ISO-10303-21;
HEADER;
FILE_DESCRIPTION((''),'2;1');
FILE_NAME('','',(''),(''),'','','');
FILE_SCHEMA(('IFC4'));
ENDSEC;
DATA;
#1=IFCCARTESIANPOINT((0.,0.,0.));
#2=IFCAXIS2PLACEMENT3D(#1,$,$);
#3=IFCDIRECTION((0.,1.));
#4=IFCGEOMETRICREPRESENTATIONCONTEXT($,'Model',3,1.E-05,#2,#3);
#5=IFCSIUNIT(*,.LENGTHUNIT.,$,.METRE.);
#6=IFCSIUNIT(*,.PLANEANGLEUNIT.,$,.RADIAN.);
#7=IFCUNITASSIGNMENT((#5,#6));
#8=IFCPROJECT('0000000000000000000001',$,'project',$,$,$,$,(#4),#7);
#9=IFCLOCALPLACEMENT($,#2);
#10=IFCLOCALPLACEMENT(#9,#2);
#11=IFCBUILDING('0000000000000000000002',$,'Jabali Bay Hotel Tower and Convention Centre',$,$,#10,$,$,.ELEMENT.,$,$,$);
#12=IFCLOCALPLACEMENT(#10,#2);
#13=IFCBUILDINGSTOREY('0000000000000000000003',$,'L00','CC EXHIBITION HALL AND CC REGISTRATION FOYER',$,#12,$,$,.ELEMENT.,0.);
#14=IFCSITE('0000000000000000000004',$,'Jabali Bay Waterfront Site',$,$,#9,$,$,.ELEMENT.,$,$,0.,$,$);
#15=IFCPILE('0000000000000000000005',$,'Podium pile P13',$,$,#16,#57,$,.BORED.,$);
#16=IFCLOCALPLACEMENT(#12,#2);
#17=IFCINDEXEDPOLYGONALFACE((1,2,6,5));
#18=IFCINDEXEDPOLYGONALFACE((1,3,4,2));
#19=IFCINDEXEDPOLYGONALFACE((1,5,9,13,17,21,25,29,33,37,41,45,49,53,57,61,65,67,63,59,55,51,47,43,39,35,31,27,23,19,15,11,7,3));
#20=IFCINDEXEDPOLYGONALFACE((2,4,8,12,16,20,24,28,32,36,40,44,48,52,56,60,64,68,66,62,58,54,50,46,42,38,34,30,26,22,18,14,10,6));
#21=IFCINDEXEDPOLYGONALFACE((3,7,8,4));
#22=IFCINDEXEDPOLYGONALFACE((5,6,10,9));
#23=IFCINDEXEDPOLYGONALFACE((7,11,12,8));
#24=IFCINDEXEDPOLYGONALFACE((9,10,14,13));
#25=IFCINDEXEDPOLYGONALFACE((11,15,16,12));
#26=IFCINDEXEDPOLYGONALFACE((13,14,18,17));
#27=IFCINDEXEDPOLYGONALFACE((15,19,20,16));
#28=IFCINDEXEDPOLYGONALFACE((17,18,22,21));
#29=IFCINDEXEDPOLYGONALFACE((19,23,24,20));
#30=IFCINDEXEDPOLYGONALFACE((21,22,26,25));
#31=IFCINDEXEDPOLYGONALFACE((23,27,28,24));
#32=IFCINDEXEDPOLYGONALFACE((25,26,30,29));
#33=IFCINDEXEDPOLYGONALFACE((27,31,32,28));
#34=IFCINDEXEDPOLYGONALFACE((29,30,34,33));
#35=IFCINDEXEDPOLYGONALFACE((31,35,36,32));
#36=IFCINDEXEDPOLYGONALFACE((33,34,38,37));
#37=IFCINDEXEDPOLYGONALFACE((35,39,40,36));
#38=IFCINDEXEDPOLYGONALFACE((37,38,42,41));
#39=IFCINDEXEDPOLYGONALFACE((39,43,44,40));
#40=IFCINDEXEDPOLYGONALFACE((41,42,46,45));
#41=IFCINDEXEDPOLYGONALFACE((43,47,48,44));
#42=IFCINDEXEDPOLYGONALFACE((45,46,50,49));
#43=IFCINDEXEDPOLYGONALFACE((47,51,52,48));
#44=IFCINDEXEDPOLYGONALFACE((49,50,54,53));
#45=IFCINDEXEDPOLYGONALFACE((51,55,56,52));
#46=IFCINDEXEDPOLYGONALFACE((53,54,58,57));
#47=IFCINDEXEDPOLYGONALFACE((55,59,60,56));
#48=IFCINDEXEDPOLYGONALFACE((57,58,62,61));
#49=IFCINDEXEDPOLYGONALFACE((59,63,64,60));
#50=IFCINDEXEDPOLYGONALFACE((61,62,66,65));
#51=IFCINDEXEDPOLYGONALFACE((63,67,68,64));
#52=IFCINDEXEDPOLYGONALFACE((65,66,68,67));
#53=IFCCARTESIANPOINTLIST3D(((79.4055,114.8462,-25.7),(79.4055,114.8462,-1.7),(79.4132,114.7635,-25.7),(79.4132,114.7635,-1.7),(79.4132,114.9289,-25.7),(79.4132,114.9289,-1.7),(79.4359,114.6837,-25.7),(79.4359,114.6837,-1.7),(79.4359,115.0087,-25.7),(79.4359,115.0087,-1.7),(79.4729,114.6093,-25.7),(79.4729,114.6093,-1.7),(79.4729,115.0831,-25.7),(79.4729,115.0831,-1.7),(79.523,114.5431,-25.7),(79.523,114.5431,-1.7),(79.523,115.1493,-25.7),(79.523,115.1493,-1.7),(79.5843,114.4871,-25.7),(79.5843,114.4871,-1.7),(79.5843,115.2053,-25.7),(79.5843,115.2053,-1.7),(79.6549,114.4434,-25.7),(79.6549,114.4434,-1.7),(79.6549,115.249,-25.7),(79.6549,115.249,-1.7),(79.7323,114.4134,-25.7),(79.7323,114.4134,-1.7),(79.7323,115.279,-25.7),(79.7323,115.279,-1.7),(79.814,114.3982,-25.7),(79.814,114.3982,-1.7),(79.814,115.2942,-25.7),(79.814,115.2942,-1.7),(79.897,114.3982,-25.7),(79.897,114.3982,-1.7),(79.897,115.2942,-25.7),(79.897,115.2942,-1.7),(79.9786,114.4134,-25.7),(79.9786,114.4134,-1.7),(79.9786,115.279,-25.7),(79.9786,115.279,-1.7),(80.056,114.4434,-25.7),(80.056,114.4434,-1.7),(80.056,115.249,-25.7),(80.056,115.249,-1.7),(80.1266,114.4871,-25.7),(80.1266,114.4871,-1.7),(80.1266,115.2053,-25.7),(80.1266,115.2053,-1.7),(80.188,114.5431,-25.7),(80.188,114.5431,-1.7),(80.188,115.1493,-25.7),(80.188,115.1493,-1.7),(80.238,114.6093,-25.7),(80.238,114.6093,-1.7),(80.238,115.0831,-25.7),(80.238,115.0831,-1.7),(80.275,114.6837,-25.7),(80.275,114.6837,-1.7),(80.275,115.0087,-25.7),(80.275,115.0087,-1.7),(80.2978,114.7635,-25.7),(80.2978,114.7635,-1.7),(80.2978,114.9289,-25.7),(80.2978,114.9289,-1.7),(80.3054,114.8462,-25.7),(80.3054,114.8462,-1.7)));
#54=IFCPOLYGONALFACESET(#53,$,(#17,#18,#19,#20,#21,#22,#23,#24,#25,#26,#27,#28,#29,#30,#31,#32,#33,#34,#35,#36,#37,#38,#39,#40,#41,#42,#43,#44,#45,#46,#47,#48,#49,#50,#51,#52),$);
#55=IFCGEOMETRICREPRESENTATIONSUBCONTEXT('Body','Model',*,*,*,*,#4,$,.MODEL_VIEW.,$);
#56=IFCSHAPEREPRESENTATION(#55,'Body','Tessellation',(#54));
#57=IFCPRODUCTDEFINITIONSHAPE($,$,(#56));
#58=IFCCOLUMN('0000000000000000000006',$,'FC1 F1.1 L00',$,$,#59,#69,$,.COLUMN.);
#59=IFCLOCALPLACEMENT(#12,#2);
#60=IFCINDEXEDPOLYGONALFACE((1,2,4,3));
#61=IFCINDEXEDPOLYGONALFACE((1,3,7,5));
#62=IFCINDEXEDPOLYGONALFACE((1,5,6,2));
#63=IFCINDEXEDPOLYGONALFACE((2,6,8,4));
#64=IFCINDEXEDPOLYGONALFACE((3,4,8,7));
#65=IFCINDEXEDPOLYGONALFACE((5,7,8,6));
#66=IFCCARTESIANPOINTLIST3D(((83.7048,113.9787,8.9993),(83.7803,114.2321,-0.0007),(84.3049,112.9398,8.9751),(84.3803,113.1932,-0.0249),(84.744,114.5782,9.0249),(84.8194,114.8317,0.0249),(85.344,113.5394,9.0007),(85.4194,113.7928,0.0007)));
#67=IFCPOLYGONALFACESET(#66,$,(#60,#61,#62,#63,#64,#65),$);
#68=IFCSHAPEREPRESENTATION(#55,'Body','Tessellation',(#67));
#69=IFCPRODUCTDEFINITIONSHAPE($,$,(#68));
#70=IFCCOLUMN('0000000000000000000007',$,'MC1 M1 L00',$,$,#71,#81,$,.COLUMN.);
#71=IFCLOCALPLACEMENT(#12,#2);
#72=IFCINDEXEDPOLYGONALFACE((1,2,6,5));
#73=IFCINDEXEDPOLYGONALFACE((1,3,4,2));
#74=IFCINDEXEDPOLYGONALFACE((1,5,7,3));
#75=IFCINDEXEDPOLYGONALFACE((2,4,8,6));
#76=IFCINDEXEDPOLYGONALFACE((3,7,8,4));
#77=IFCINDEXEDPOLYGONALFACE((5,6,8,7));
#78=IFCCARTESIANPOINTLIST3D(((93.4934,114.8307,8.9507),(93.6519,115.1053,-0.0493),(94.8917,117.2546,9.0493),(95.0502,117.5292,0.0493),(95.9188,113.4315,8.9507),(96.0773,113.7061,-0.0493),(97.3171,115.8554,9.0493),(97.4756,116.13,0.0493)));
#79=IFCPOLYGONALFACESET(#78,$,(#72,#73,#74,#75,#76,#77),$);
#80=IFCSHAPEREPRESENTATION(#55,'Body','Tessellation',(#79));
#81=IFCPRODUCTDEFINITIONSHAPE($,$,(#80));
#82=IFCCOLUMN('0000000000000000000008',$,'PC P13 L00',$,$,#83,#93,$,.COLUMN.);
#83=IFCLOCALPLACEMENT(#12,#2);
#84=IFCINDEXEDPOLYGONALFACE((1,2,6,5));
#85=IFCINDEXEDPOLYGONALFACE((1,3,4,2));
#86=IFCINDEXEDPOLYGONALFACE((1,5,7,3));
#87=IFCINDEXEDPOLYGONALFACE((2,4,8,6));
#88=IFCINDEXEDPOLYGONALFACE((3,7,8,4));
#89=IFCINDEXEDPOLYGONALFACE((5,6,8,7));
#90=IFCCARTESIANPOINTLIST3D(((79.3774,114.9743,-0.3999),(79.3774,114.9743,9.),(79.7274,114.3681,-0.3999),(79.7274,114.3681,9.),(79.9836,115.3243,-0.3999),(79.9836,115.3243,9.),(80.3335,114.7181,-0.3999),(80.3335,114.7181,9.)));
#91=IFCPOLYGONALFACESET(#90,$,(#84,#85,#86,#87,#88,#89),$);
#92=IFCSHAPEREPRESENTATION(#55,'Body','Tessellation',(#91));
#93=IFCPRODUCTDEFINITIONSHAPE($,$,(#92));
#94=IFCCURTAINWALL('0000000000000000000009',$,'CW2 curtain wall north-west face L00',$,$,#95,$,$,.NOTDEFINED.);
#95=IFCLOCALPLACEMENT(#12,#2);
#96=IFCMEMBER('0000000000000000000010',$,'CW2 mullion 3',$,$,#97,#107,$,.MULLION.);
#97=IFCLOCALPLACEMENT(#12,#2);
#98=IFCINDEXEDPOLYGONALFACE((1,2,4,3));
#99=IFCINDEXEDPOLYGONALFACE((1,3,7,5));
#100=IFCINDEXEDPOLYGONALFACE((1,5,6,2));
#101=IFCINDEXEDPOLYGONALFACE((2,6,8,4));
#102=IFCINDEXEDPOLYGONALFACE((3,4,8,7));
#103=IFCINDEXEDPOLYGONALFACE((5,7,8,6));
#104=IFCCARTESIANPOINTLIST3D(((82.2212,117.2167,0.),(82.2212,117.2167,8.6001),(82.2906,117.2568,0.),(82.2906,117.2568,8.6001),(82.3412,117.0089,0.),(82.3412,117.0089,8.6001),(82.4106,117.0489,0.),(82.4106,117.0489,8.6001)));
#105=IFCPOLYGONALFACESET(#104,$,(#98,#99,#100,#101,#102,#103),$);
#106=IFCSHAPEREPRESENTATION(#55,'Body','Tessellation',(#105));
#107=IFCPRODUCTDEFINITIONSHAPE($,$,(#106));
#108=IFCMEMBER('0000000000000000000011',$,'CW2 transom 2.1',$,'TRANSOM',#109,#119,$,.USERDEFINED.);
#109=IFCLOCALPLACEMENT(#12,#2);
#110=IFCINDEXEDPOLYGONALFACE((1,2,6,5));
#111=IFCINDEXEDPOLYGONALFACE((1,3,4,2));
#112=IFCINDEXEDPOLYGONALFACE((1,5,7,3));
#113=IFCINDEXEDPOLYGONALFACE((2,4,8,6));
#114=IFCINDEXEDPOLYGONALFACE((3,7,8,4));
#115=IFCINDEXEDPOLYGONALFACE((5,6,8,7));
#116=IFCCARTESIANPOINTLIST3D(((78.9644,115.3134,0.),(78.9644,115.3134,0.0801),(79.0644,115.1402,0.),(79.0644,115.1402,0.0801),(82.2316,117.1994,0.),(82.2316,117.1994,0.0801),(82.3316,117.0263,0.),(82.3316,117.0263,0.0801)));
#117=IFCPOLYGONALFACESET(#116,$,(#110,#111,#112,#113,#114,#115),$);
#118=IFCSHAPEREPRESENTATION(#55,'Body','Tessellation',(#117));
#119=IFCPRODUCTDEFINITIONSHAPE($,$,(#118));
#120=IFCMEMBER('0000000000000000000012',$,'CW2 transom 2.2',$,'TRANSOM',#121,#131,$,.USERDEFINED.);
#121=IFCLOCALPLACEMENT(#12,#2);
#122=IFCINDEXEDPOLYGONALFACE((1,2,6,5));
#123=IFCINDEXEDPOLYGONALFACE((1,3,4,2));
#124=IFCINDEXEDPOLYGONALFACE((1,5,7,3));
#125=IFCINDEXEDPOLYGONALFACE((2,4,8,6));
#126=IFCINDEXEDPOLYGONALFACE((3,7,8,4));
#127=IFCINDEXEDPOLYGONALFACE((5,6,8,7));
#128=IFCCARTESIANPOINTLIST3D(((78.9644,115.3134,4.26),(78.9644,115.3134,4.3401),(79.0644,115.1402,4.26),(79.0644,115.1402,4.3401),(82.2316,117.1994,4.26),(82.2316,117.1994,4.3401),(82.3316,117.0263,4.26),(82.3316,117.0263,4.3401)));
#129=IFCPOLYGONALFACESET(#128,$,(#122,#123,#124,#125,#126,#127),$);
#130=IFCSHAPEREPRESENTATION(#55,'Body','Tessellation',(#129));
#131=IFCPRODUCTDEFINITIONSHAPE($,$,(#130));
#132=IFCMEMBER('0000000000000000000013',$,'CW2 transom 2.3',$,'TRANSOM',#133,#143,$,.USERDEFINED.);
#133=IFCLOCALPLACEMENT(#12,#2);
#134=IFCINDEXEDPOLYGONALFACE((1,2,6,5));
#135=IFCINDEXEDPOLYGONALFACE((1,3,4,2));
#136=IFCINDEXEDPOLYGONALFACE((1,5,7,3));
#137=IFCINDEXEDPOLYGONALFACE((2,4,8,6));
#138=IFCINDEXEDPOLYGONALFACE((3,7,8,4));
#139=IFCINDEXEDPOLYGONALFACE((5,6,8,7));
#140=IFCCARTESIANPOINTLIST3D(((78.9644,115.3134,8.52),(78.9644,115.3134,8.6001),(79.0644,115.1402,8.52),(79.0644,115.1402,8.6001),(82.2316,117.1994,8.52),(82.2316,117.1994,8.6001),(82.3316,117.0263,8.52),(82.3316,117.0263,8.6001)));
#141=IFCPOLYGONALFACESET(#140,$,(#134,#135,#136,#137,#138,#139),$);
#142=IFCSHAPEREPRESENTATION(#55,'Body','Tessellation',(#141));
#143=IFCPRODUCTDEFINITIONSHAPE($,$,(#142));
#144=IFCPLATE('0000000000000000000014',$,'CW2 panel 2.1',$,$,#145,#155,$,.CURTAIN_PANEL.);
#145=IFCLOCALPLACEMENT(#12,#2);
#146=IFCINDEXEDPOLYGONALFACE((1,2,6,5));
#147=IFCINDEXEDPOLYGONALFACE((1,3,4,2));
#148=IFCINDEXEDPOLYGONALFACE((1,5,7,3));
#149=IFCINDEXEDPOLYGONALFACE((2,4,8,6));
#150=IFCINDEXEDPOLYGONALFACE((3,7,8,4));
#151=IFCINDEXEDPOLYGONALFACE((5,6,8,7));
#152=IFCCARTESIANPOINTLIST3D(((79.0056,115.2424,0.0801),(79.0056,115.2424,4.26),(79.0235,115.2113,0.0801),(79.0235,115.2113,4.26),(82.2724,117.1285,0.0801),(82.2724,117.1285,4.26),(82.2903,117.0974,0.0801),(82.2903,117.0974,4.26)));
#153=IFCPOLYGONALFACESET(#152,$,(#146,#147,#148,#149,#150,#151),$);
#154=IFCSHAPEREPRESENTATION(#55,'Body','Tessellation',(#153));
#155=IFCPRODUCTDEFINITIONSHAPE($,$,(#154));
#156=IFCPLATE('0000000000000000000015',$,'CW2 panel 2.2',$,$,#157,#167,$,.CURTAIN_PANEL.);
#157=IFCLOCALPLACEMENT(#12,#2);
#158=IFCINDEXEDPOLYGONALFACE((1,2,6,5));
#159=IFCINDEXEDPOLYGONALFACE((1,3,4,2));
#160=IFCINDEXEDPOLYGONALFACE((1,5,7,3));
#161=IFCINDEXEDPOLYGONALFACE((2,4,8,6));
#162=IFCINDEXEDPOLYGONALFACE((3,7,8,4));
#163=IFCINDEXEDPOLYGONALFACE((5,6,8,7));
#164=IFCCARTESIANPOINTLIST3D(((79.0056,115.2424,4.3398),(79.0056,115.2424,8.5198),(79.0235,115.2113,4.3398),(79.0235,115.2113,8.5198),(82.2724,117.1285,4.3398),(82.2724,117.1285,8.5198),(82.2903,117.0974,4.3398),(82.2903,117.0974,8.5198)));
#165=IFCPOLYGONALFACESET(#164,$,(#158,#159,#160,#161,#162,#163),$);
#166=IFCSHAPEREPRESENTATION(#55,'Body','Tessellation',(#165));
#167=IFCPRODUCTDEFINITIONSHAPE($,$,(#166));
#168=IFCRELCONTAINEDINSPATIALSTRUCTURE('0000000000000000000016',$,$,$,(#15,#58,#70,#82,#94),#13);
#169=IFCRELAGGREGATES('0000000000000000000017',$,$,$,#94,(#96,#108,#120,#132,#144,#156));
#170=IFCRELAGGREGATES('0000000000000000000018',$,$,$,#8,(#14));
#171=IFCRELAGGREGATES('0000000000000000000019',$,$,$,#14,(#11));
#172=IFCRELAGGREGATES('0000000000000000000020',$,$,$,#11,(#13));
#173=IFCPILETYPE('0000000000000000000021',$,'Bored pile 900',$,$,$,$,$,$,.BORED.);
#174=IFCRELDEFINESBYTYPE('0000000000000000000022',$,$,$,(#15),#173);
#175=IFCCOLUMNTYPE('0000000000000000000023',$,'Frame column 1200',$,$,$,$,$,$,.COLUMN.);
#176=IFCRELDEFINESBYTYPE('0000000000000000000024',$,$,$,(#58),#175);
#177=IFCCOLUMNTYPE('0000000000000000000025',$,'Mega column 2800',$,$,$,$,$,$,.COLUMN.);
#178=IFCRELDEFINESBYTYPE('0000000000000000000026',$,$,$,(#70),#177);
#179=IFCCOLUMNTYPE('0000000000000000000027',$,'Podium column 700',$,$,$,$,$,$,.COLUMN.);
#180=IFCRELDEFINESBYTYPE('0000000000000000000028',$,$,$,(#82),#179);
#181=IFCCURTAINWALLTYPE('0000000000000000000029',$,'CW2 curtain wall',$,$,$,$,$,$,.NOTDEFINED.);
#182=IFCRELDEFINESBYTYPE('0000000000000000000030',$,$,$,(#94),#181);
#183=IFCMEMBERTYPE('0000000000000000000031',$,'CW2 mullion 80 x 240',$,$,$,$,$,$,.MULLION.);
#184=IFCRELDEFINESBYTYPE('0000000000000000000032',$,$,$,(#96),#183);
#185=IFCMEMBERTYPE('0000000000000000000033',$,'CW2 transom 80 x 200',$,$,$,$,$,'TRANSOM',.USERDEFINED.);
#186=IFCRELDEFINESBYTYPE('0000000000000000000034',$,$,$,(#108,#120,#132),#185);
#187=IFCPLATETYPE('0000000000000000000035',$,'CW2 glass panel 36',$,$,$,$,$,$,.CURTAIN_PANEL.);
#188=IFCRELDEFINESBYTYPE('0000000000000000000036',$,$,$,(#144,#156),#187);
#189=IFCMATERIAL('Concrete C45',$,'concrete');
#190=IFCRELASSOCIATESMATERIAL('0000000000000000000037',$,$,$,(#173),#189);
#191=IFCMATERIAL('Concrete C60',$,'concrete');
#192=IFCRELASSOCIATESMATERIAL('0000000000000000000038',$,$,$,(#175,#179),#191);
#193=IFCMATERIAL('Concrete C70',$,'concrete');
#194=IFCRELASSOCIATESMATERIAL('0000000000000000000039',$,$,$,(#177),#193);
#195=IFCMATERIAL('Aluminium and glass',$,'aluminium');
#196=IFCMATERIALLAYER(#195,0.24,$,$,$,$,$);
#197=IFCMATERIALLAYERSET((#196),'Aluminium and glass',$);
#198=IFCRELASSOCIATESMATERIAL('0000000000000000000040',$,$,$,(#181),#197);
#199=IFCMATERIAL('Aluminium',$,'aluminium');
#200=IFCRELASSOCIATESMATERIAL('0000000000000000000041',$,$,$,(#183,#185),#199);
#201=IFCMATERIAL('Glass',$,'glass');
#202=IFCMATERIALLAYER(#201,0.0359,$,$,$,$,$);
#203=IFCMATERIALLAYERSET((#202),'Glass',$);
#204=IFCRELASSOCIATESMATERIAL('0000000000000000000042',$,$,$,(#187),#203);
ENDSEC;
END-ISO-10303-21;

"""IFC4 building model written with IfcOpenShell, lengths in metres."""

from ifc_helpers import new_model, si_unit, direction, frame, origin, origin_2d, place, context, subcontext, project, spatial, rectangle, circle, extrude, material, layer, layer_set, material_profile, profile_set, type_object, element, aggregate, save


model = new_model("IFC4")

# Units and contexts
model_context = context("Model", 3, precision=1e-05, world=origin(), true_north=direction((0.0, 1.0)))
body_context = subcontext(model_context, "Body", "Model", "MODEL_VIEW")
ifc_project = project(units=[si_unit("LENGTHUNIT", "METRE"), si_unit("PLANEANGLEUNIT", "RADIAN")], contexts=[model_context])

# Site, building, storey
site_placement = place(None, origin())
site = spatial("IfcSite", under=ifc_project, at=site_placement, Name="Jabali Bay Waterfront Site", CompositionType="ELEMENT", RefElevation=0.0)
building_placement = place(site_placement, origin())
building = spatial("IfcBuilding", under=site, at=building_placement, Name="Jabali Bay Hotel Tower and Convention Centre", CompositionType="ELEMENT")
storey_placement = place(building_placement, origin())
storey = spatial("IfcBuildingStorey", under=building, at=storey_placement, Name="L00", Description="CC EXHIBITION HALL AND CC REGISTRATION FOYER", CompositionType="ELEMENT", Elevation=0.0)

# Pile
ifc_material_1 = material(Name="Concrete C45", Category="concrete")
ifc_material_profile_1 = material_profile(ifc_material_1, circle(Radius=0.45, at=origin_2d()), Name="Bored pile 900")
ifc_profile_set_1 = profile_set([ifc_material_profile_1], Name="Concrete C45")
pile_type = type_object("IfcPileType", Name="Bored pile 900", PredefinedType="BORED", material=ifc_profile_set_1)
pile_placement = place(storey_placement, frame((79.8555, 114.8462, -1.7), z_axis=(0.0, 0.0, -1.0), x_axis=(1.0, 0.0, 0.0)))
element("IfcPile", 1, at=pile_placement, inside=storey, type_object=pile_type, Name="Podium pile P13", PredefinedType="BORED", context=body_context, shape_type="SweptSolid", body=[
    extrude(circle(Radius=0.45, at=origin_2d()), origin(), (0.0, 0.0, 1.0), 24.0),
])

# Columns
ifc_material_2 = material(Name="Concrete C60", Category="concrete")
ifc_material_profile_2 = material_profile(ifc_material_2, rectangle(XDim=1.2, YDim=1.2, at=origin_2d()), Name="Frame column 1200")
ifc_profile_set_2 = profile_set([ifc_material_profile_2], Name="Concrete C60")
column_type_1 = type_object("IfcColumnType", Name="Frame column 1200", PredefinedType="COLUMN", material=ifc_profile_set_2)
column_1_placement = place(storey_placement, frame((84.5999, 114.0125, 0.0), z_axis=(-0.008379, -0.028145, 0.999569), x_axis=(0.86597, 0.49964, 0.021327)))
element("IfcColumn", 2, at=column_1_placement, inside=storey, type_object=column_type_1, Name="FC1 F1.1 L00", PredefinedType="COLUMN", context=body_context, shape_type="SweptSolid", body=[
    extrude(rectangle(XDim=1.2, YDim=1.2, at=origin_2d()), origin(), (0.0, 0.0, 1.0), 9.0039),
])
ifc_material_3 = material(Name="Concrete C70", Category="concrete")
ifc_material_profile_3 = material_profile(ifc_material_3, rectangle(XDim=2.8, YDim=2.8, at=origin_2d()), Name="Mega column 2800")
ifc_profile_set_3 = profile_set([ifc_material_profile_3], Name="Concrete C70")
column_type_2 = type_object("IfcColumnType", Name="Mega column 2800", PredefinedType="COLUMN", material=ifc_profile_set_3)
column_2_placement = place(storey_placement, frame((95.5637, 115.6177, 0.0), z_axis=(-0.017594, -0.030499, 0.99938), x_axis=(0.866199, -0.499699, 0.0)))
element("IfcColumn", 3, at=column_2_placement, inside=storey, type_object=column_type_2, Name="MC1 M1 L00", PredefinedType="COLUMN", context=body_context, shape_type="SweptSolid", body=[
    extrude(rectangle(XDim=2.8, YDim=2.8, at=origin_2d()), origin(), (0.0, 0.0, 1.0), 9.0056),
])
ifc_material_profile_4 = material_profile(ifc_material_2, rectangle(XDim=0.7, YDim=0.7, at=origin_2d()), Name="Podium column 700")
ifc_profile_set_4 = profile_set([ifc_material_profile_4], Name="Concrete C60")
column_type_3 = type_object("IfcColumnType", Name="Podium column 700", PredefinedType="COLUMN", material=ifc_profile_set_4)
column_3_placement = place(storey_placement, frame((79.8555, 114.8462, -0.3999), z_axis=(0.0, 0.0, 1.0), x_axis=(0.866025, 0.5, 0.0)))
element("IfcColumn", 4, at=column_3_placement, inside=storey, type_object=column_type_3, Name="PC P13 L00", PredefinedType="COLUMN", context=body_context, shape_type="SweptSolid", body=[
    extrude(rectangle(XDim=0.7, YDim=0.7, at=origin_2d()), origin(), (0.0, 0.0, 1.0), 9.3999),
])

# Curtain wall, members, plates
ifc_material_4 = material(Name="Aluminium and glass", Category="aluminium")
ifc_layer_1 = layer(ifc_material_4, 0.24)
ifc_layer_set_1 = layer_set([ifc_layer_1], Name="Aluminium and glass")
curtain_wall_type = type_object("IfcCurtainWallType", Name="CW2 curtain wall", PredefinedType="NOTDEFINED", material=ifc_layer_set_1)
curtain_wall_placement = place(storey_placement, origin())
curtain_wall = element("IfcCurtainWall", 5, at=curtain_wall_placement, inside=storey, type_object=curtain_wall_type, Name="CW2 curtain wall north-west face L00", PredefinedType="NOTDEFINED")
ifc_material_5 = material(Name="Aluminium", Category="aluminium")
ifc_material_profile_5 = material_profile(ifc_material_5, rectangle(XDim=0.24, YDim=0.0801, at=origin_2d()), Name="CW2 mullion 80 x 240")
ifc_profile_set_5 = profile_set([ifc_material_profile_5], Name="Aluminium")
member_type_1 = type_object("IfcMemberType", Name="CW2 mullion 80 x 240", PredefinedType="MULLION", material=ifc_profile_set_5)
member_1_placement = place(storey_placement, frame((82.3159, 117.1328, 0.0), z_axis=(0.0, 0.0, 1.0), x_axis=(-0.5, 0.866025, 0.0)))
member_1 = element("IfcMember", 6, at=member_1_placement, type_object=member_type_1, Name="CW2 mullion 3", PredefinedType="MULLION", context=body_context, shape_type="SweptSolid", body=[
    extrude(rectangle(XDim=0.24, YDim=0.0801, at=origin_2d()), origin(), (0.0, 0.0, 1.0), 8.6001),
])
ifc_material_profile_6 = material_profile(ifc_material_5, rectangle(XDim=0.2, YDim=0.0801, at=origin_2d()), Name="CW2 transom 80 x 200")
ifc_profile_set_6 = profile_set([ifc_material_profile_6], Name="Aluminium")
member_type_2 = type_object("IfcMemberType", Name="CW2 transom 80 x 200", ElementType="TRANSOM", PredefinedType="USERDEFINED", material=ifc_profile_set_6)
member_2_placement = place(storey_placement, frame((79.0144, 115.2268, 0.04), z_axis=(0.866056, 0.499947, 0.0), x_axis=(-0.499947, 0.866056, 0.0)))
member_2 = element("IfcMember", 7, at=member_2_placement, type_object=member_type_2, Name="CW2 transom 2.1", ObjectType="TRANSOM", PredefinedType="USERDEFINED", context=body_context, shape_type="SweptSolid", body=[
    extrude(rectangle(XDim=0.2, YDim=0.0801, at=origin_2d()), origin(), (0.0, 0.0, 1.0), 3.7725),
])
member_3_placement = place(storey_placement, frame((79.0144, 115.2268, 4.3), z_axis=(0.866056, 0.499947, 0.0), x_axis=(-0.499947, 0.866056, 0.0)))
member_3 = element("IfcMember", 8, at=member_3_placement, type_object=member_type_2, Name="CW2 transom 2.2", ObjectType="TRANSOM", PredefinedType="USERDEFINED", context=body_context, shape_type="SweptSolid", body=[
    extrude(rectangle(XDim=0.2, YDim=0.0801, at=origin_2d()), origin(), (0.0, 0.0, 1.0), 3.7725),
])
member_4_placement = place(storey_placement, frame((79.0144, 115.2268, 8.5601), z_axis=(0.866056, 0.499947, 0.0), x_axis=(-0.499947, 0.866056, 0.0)))
member_4 = element("IfcMember", 9, at=member_4_placement, type_object=member_type_2, Name="CW2 transom 2.3", ObjectType="TRANSOM", PredefinedType="USERDEFINED", context=body_context, shape_type="SweptSolid", body=[
    extrude(rectangle(XDim=0.2, YDim=0.0801, at=origin_2d()), origin(), (0.0, 0.0, 1.0), 3.7725),
])
ifc_material_6 = material(Name="Glass", Category="glass")
ifc_layer_2 = layer(ifc_material_6, 0.0359)
ifc_layer_set_2 = layer_set([ifc_layer_2], Name="Glass")
plate_type = type_object("IfcPlateType", Name="CW2 glass panel 36", PredefinedType="CURTAIN_PANEL", material=ifc_layer_set_2)
plate_1_placement = place(storey_placement, frame((80.6479, 116.1699, 0.0801), z_axis=(0.0, 0.0, 1.0), x_axis=(0.866025, 0.5, 0.0)))
plate_1 = element("IfcPlate", 10, at=plate_1_placement, type_object=plate_type, Name="CW2 panel 2.1", PredefinedType="CURTAIN_PANEL", context=body_context, shape_type="SweptSolid", body=[
    extrude(rectangle(XDim=3.7722, YDim=0.0359, at=origin_2d()), origin(), (0.0, 0.0, 1.0), 4.1799),
])
plate_2_placement = place(storey_placement, frame((80.6479, 116.1699, 4.3398), z_axis=(0.0, 0.0, 1.0), x_axis=(0.866025, 0.5, 0.0)))
plate_2 = element("IfcPlate", 11, at=plate_2_placement, type_object=plate_type, Name="CW2 panel 2.2", PredefinedType="CURTAIN_PANEL", context=body_context, shape_type="SweptSolid", body=[
    extrude(rectangle(XDim=3.7722, YDim=0.0359, at=origin_2d()), origin(), (0.0, 0.0, 1.0), 4.1799),
])
aggregate(curtain_wall, [member_1, member_2, member_3, member_4, plate_1, plate_2])

save(model, "model.ifc")
